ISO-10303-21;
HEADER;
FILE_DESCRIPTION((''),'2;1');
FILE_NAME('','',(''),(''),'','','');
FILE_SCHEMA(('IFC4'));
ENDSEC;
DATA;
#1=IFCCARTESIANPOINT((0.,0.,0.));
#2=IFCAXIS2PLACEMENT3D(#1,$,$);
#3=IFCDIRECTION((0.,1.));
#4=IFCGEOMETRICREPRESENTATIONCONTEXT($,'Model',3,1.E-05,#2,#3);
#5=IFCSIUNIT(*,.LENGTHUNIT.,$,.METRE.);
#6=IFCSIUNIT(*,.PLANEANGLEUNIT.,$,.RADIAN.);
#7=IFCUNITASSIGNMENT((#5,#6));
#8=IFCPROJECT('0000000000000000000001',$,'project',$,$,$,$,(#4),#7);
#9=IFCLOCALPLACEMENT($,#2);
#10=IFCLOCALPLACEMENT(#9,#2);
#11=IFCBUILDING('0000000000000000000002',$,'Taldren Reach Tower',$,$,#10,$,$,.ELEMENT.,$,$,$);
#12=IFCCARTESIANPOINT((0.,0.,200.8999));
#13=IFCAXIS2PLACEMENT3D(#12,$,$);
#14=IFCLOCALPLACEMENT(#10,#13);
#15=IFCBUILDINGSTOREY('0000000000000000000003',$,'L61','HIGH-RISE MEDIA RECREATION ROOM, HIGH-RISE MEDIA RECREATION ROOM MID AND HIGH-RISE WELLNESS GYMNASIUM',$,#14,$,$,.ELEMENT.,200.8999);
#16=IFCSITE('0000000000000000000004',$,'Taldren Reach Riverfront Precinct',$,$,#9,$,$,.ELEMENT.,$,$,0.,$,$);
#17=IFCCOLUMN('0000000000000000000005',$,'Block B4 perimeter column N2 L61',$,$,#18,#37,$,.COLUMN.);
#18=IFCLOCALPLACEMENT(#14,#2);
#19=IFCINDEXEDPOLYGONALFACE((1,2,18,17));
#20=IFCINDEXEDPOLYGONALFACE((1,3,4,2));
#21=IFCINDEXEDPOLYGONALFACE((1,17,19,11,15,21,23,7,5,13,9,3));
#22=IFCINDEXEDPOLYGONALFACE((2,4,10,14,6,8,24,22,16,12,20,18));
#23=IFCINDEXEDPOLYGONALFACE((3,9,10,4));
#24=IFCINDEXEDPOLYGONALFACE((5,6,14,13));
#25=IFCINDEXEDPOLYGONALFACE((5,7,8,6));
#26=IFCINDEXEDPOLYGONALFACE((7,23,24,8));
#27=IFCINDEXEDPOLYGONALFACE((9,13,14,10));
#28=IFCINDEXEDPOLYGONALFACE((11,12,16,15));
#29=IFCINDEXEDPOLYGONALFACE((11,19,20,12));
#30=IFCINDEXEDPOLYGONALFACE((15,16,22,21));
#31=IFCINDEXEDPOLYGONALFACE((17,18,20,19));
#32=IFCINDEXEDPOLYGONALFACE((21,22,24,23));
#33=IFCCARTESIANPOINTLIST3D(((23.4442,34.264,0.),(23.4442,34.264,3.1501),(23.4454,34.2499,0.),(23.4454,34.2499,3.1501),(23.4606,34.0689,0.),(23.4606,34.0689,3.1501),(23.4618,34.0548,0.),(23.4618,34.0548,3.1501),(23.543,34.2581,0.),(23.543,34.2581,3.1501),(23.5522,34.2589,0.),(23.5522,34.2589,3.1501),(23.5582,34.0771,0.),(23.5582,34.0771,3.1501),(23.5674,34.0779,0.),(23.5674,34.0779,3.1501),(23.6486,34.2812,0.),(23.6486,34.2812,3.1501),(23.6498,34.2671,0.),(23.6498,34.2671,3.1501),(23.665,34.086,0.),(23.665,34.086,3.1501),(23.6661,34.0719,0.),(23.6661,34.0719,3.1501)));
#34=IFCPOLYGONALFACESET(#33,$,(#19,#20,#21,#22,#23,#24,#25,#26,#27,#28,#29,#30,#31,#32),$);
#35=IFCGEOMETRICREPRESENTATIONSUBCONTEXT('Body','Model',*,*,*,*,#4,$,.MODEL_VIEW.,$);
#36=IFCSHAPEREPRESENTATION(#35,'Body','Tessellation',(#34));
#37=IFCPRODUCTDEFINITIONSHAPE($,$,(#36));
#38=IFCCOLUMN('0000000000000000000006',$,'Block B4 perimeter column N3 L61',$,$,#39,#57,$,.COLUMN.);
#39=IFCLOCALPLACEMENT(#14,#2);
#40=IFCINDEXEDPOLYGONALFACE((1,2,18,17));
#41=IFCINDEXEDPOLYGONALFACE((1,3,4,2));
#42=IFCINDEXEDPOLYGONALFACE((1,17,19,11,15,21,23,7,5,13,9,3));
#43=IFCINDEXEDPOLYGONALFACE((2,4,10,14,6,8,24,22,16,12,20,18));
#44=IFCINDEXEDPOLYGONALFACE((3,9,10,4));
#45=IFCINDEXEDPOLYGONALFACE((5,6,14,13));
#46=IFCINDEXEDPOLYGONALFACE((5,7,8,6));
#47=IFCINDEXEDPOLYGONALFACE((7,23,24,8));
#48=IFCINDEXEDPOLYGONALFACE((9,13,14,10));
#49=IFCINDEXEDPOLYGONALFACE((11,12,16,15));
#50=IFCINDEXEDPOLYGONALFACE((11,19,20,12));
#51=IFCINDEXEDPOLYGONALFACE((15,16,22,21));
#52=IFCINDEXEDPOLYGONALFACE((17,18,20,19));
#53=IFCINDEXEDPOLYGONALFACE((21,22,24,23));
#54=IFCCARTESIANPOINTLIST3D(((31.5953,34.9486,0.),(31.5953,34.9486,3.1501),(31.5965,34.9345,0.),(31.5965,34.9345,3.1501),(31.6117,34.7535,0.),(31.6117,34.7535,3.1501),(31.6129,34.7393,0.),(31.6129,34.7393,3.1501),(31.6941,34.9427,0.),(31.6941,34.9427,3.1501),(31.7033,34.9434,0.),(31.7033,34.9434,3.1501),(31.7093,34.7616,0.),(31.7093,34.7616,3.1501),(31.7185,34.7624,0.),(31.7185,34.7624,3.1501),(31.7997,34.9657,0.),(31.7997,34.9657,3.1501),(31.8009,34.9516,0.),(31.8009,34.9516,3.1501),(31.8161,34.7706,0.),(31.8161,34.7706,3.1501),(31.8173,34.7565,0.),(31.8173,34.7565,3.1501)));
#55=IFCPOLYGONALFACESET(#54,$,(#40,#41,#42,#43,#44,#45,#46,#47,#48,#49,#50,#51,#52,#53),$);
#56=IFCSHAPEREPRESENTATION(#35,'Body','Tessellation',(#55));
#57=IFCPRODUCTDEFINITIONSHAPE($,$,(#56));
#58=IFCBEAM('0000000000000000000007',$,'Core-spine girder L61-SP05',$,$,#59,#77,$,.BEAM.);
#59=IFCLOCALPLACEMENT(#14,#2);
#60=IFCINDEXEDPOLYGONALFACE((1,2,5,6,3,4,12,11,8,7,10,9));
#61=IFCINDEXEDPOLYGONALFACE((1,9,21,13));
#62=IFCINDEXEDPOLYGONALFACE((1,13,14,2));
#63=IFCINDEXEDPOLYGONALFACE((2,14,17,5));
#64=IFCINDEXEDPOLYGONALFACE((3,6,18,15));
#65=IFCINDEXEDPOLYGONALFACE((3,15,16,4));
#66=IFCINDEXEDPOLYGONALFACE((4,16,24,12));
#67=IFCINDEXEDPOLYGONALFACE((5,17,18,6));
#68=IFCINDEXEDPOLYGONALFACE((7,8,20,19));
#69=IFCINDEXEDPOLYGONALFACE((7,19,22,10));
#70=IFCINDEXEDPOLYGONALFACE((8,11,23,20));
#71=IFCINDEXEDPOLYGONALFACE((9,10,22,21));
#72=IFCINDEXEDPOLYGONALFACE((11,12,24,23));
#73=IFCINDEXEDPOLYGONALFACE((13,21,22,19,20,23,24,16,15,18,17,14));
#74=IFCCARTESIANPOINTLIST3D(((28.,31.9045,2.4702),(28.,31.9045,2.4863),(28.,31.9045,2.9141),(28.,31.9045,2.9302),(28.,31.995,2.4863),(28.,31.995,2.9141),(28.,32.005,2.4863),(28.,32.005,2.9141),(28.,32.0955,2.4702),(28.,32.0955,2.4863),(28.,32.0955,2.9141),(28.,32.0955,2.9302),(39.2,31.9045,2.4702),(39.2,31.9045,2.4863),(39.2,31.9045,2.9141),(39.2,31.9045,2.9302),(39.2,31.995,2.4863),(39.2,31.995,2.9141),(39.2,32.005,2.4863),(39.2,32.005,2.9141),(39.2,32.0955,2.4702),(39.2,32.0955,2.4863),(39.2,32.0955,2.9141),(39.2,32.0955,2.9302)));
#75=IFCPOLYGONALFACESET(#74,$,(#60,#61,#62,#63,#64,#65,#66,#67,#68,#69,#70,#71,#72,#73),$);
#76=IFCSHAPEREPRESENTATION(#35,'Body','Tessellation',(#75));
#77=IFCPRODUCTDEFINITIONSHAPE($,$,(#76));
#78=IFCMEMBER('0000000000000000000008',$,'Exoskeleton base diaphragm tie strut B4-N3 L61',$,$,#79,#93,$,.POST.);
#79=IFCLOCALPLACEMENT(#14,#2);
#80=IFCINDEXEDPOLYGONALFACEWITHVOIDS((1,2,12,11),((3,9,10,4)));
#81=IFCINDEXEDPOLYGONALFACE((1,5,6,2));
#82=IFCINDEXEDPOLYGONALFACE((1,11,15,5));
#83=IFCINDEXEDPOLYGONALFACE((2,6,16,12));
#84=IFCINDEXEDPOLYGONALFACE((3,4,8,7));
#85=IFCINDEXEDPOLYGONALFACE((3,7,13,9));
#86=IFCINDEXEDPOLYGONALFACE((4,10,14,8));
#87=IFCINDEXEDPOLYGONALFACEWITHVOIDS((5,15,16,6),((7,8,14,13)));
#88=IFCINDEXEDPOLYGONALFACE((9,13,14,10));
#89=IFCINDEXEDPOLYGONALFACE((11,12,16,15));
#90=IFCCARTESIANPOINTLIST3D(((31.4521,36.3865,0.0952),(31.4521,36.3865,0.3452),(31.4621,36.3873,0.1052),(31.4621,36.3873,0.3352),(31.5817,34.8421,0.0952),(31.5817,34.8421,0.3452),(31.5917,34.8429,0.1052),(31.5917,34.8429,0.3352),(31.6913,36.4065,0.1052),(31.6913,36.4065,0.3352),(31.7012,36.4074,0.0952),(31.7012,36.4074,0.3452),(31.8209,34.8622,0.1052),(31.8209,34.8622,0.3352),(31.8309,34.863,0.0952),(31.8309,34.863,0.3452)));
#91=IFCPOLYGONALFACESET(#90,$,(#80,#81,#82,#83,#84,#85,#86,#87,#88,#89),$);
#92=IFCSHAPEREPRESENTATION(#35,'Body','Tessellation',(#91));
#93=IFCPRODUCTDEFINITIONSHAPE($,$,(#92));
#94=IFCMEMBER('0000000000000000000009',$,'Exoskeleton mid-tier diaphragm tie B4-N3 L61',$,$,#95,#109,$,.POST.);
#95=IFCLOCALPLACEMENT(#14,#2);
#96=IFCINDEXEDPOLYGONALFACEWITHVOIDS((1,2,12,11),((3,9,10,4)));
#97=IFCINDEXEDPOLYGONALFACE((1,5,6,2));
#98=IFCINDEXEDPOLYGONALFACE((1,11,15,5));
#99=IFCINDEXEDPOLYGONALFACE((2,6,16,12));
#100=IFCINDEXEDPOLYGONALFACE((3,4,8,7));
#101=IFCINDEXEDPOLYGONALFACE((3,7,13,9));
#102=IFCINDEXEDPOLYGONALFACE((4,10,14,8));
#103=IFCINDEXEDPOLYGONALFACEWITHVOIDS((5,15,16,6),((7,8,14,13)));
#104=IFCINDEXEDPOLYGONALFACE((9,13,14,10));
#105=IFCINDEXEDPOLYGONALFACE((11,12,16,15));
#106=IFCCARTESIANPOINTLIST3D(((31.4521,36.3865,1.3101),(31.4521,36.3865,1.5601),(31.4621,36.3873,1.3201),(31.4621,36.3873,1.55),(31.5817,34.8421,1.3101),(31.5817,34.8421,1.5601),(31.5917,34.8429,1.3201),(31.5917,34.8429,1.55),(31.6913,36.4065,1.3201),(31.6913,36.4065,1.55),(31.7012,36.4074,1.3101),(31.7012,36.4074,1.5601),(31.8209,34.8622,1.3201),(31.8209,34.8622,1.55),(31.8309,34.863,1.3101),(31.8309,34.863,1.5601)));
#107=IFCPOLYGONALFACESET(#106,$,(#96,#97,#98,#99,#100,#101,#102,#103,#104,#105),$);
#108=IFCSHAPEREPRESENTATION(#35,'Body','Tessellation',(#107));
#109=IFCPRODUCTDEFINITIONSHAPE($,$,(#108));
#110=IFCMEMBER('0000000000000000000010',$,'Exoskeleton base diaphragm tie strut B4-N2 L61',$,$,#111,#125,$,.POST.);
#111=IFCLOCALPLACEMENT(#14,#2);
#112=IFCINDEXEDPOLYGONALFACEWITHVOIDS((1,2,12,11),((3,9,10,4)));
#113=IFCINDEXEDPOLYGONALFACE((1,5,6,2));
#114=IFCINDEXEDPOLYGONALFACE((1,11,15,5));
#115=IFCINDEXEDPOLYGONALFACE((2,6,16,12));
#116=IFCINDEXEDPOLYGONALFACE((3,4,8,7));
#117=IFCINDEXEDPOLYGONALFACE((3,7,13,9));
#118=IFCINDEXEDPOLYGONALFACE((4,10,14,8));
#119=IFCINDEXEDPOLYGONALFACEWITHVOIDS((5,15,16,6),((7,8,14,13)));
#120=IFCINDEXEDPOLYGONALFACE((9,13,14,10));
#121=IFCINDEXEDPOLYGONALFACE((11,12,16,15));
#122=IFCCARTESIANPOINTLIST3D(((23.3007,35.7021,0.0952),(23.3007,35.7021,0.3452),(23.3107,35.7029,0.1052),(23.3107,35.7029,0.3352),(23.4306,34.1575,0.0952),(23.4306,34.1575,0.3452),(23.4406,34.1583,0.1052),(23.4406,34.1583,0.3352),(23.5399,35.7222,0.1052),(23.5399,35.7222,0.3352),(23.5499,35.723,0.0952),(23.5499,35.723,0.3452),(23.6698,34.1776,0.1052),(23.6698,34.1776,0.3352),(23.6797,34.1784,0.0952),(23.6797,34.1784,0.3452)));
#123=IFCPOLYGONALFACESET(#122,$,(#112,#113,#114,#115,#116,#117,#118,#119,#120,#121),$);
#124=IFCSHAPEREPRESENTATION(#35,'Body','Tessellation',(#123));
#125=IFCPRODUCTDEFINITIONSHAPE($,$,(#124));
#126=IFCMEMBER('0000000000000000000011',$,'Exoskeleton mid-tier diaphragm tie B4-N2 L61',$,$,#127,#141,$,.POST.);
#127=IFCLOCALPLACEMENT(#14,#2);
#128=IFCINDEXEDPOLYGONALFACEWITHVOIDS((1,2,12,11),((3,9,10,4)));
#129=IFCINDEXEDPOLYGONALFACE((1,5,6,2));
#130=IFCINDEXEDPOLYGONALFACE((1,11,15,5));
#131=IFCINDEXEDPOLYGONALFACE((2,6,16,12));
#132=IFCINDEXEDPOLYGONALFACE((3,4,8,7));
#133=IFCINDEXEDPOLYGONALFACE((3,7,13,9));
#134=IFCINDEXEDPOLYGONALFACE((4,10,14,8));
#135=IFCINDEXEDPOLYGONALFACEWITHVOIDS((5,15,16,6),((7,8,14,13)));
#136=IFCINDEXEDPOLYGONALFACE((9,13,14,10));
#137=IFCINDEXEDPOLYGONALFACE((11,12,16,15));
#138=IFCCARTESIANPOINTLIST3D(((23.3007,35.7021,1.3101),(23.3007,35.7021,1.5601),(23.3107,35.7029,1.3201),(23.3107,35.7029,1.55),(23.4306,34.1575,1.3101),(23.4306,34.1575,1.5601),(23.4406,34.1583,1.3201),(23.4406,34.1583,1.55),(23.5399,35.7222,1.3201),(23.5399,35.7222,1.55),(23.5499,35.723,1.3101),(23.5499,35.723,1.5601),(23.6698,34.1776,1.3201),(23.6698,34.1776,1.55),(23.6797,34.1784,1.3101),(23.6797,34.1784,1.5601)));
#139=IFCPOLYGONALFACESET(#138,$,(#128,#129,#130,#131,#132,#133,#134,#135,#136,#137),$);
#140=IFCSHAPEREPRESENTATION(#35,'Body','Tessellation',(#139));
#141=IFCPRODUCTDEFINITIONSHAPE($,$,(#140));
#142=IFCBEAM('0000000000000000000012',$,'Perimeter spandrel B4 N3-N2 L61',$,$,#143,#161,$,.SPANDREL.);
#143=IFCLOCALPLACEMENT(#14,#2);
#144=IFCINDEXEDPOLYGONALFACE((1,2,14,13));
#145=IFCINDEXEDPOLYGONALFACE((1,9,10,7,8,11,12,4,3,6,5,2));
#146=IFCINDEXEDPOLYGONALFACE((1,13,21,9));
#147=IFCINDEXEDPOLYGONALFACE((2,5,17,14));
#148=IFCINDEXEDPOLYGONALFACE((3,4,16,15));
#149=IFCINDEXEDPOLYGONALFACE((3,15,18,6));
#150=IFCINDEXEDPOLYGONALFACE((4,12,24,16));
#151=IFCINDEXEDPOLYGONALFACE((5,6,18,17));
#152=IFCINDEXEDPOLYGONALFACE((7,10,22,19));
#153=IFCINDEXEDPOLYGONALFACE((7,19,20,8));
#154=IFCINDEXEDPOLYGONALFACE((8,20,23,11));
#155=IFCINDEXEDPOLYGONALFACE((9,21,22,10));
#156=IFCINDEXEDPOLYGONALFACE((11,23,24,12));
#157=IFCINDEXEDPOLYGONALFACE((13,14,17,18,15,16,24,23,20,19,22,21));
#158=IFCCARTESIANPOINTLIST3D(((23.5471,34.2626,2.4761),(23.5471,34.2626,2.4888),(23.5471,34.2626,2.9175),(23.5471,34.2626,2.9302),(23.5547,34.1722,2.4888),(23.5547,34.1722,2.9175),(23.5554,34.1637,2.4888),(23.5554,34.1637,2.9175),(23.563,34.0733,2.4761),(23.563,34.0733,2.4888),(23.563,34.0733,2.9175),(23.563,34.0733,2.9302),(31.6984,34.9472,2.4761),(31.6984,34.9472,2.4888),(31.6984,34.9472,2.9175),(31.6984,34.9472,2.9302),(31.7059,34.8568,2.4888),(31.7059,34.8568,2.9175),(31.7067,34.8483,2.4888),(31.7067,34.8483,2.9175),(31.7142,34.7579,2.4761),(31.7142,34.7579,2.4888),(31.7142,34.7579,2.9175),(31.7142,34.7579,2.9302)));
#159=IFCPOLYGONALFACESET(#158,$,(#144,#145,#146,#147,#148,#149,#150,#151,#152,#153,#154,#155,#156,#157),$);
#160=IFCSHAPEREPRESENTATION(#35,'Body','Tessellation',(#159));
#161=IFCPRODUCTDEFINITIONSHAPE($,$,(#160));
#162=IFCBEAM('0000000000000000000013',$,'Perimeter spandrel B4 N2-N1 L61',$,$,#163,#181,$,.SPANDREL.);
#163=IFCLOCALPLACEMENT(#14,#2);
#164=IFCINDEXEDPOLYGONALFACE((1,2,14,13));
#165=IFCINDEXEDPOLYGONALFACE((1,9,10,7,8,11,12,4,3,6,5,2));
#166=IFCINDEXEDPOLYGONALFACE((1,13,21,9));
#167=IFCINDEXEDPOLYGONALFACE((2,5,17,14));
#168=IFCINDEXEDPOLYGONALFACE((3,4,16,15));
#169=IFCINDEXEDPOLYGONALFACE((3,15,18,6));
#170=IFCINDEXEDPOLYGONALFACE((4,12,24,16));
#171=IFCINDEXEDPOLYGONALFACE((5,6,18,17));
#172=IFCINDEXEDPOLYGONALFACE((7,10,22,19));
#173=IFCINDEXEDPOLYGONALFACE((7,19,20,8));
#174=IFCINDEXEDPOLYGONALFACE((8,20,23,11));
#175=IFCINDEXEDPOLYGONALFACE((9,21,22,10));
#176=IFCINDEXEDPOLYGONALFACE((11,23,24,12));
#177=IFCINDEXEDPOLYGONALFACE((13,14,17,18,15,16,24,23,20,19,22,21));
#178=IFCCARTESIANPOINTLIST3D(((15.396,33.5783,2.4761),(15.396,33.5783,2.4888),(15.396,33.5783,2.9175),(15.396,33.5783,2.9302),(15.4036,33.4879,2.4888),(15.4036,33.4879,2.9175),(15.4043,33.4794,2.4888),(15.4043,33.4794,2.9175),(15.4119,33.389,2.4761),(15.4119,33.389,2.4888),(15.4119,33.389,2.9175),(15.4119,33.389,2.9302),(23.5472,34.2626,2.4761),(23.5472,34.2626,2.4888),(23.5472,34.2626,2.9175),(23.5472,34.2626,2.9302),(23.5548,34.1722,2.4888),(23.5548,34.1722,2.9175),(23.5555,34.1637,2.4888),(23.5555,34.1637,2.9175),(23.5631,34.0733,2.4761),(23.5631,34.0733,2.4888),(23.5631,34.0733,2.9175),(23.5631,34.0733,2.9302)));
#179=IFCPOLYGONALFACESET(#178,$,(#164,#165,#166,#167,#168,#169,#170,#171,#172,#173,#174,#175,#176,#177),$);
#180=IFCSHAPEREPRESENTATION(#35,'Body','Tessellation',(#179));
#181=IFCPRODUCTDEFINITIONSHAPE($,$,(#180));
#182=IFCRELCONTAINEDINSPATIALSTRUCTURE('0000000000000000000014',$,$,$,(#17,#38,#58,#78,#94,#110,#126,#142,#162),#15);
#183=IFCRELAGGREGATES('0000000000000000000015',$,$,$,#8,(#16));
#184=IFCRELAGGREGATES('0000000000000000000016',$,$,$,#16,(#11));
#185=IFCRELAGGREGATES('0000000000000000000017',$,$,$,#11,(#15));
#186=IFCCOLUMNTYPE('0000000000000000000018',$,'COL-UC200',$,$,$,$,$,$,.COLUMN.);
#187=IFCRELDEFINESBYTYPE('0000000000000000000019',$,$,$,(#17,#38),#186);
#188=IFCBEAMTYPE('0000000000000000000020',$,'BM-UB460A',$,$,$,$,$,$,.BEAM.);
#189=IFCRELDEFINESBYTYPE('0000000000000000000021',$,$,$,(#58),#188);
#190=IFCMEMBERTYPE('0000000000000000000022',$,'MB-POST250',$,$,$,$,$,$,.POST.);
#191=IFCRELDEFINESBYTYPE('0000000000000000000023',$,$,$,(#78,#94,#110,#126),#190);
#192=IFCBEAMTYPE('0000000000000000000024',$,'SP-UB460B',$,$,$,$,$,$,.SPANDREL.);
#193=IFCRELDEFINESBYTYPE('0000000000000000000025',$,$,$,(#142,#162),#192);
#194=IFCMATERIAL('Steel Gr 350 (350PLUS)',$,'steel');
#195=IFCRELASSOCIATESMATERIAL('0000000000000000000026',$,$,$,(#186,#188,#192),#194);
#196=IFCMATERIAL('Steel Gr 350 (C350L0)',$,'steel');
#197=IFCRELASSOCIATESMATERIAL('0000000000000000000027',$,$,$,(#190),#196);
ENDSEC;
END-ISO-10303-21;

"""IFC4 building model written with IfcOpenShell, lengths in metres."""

from ifc_helpers import new_model, si_unit, direction, frame, origin, origin_2d, place, context, subcontext, project, spatial, hollow_rectangle, i_section, extrude, source, transform, mapped, material, material_profile, profile_set, type_object, element, save


model = new_model("IFC4")

# Units and contexts
model_context = context("Model", 3, precision=1e-05, world=origin(), true_north=direction((0.0, 1.0)))
body_context = subcontext(model_context, "Body", "Model", "MODEL_VIEW")
ifc_project = project(units=[si_unit("LENGTHUNIT", "METRE"), si_unit("PLANEANGLEUNIT", "RADIAN")], contexts=[model_context])

# Site, building, storey
site_placement = place(None, origin())
site = spatial("IfcSite", under=ifc_project, at=site_placement, Name="Taldren Reach Riverfront Precinct", CompositionType="ELEMENT", RefElevation=0.0)
building_placement = place(site_placement, origin())
building = spatial("IfcBuilding", under=site, at=building_placement, Name="Taldren Reach Tower", CompositionType="ELEMENT")
storey_placement = place(building_placement, frame((0.0, 0.0, 200.8999)))
storey = spatial("IfcBuildingStorey", under=building, at=storey_placement, Name="L61", Description="HIGH-RISE MEDIA RECREATION ROOM, HIGH-RISE MEDIA RECREATION ROOM MID AND HIGH-RISE WELLNESS GYMNASIUM", CompositionType="ELEMENT", Elevation=200.8999)

# Columns
ifc_material_1 = material(Name="Steel Gr 350 (350PLUS)", Category="steel")
ifc_material_profile_1 = material_profile(ifc_material_1, i_section(OverallWidth=0.2051, OverallDepth=0.21, WebThickness=0.0093, FlangeThickness=0.0142, at=origin_2d()), Name="200UC59.5")
ifc_profile_set_1 = profile_set([ifc_material_profile_1], Name="Steel Gr 350 (350PLUS)")
column_type = type_object("IfcColumnType", Name="COL-UC200", PredefinedType="COLUMN", material=ifc_profile_set_1)
shared_shape_1 = source(origin(), body_context, "Body", "SweptSolid", [
    extrude(i_section(OverallWidth=0.2051, OverallDepth=0.21, WebThickness=0.0093, FlangeThickness=0.0142, at=origin_2d()), origin(), (0.0, 0.0, 1.0), 3.1501),
])
for number, where, z_axis, x_axis, name in (
    (1, (23.5552, 34.168, 0.0), (0.0, 0.0, 1.0), (0.996493, 0.083678, 0.0), "Block B4 perimeter column N2 L61"),
    (2, (31.7063, 34.8525, 0.0), (0.0, 0.0, 1.0), (0.996493, 0.083678, 0.0), "Block B4 perimeter column N3 L61"),
):
    element("IfcColumn", number, at=place(storey_placement, frame(where, z_axis=z_axis, x_axis=x_axis)), inside=storey, type_object=column_type, Name=name, PredefinedType="COLUMN", context=body_context, shape_type="MappedRepresentation", body=[
        mapped(shared_shape_1, transform((0.0, 0.0, 0.0), scale=1.0)),
    ])

# Beam
ifc_material_profile_2 = material_profile(ifc_material_1, i_section(OverallWidth=0.1909, OverallDepth=0.46, WebThickness=0.01, FlangeThickness=0.0161, at=origin_2d()), Name="460UB82.1")
ifc_profile_set_2 = profile_set([ifc_material_profile_2], Name="Steel Gr 350 (350PLUS)")
beam_type_1 = type_object("IfcBeamType", Name="BM-UB460A", PredefinedType="BEAM", material=ifc_profile_set_2)
shared_shape_2 = source(origin(), body_context, "Body", "SweptSolid", [
    extrude(i_section(OverallWidth=0.1909, OverallDepth=0.46, WebThickness=0.01, FlangeThickness=0.0161, at=origin_2d()), origin(), (0.0, 0.0, 1.0), 11.2),
])
beam_1_placement = place(storey_placement, frame((28.0, 32.0, 2.7002), z_axis=(1.0, 0.0, 0.0), x_axis=(0.0, 1.0, 0.0)))
element("IfcBeam", 3, at=beam_1_placement, inside=storey, type_object=beam_type_1, Name="Core-spine girder L61-SP05", PredefinedType="BEAM", context=body_context, shape_type="MappedRepresentation", body=[
    mapped(shared_shape_2, transform((0.0, 0.0, 0.0), scale=1.0)),
])

# Members
ifc_material_2 = material(Name="Steel Gr 350 (C350L0)", Category="steel")
ifc_material_profile_3 = material_profile(ifc_material_2, hollow_rectangle(XDim=0.25, YDim=0.25, WallThickness=0.01, at=origin_2d()), Name="250x250x10.0SHS")
ifc_profile_set_3 = profile_set([ifc_material_profile_3], Name="Steel Gr 350 (C350L0)")
member_type_1 = type_object("IfcMemberType", Name="MB-POST250", PredefinedType="POST", material=ifc_profile_set_3)
shared_shape_3 = source(origin(), body_context, "Body", "SweptSolid", [
    extrude(hollow_rectangle(XDim=0.25, YDim=0.25, WallThickness=0.01, at=origin_2d()), origin(), (0.0, 0.0, 1.0), 1.5498),
])
for number, where, z_axis, x_axis, name in (
    (4, (31.7063, 34.8525, 0.2202), (-0.083645, 0.996496, 0.0), (-0.996496, -0.083645, 0.0), "Exoskeleton base diaphragm tie strut B4-N3 L61"),
    (5, (31.7063, 34.8525, 1.4351), (-0.083645, 0.996496, 0.0), (-0.996496, -0.083645, 0.0), "Exoskeleton mid-tier diaphragm tie B4-N3 L61"),
):
    element("IfcMember", number, at=place(storey_placement, frame(where, z_axis=z_axis, x_axis=x_axis)), inside=storey, type_object=member_type_1, Name=name, PredefinedType="POST", context=body_context, shape_type="MappedRepresentation", body=[
        mapped(shared_shape_3, transform((0.0, 0.0, 0.0), scale=1.0)),
    ])
shared_shape_4 = source(origin(), body_context, "Body", "SweptSolid", [
    extrude(hollow_rectangle(XDim=0.25, YDim=0.25, WallThickness=0.01, at=origin_2d()), origin(), (0.0, 0.0, 1.0), 1.55),
])
for number, where, z_axis, x_axis, name in (
    (6, (23.5552, 34.168, 0.2202), (-0.083788, 0.996484, 0.0), (-0.996484, -0.083788, 0.0), "Exoskeleton base diaphragm tie strut B4-N2 L61"),
    (7, (23.5552, 34.168, 1.4351), (-0.083788, 0.996484, 0.0), (-0.996484, -0.083788, 0.0), "Exoskeleton mid-tier diaphragm tie B4-N2 L61"),
):
    element("IfcMember", number, at=place(storey_placement, frame(where, z_axis=z_axis, x_axis=x_axis)), inside=storey, type_object=member_type_1, Name=name, PredefinedType="POST", context=body_context, shape_type="MappedRepresentation", body=[
        mapped(shared_shape_4, transform((0.0, 0.0, 0.0), scale=1.0)),
    ])

# Beams
ifc_material_profile_4 = material_profile(ifc_material_1, i_section(OverallWidth=0.1899, OverallDepth=0.4541, WebThickness=0.0085, FlangeThickness=0.0127, at=origin_2d()), Name="460UB67.1")
ifc_profile_set_4 = profile_set([ifc_material_profile_4], Name="Steel Gr 350 (350PLUS)")
beam_type_2 = type_object("IfcBeamType", Name="SP-UB460B", PredefinedType="SPANDREL", material=ifc_profile_set_4)
shared_shape_5 = source(origin(), body_context, "Body", "SweptSolid", [
    extrude(i_section(OverallWidth=0.1899, OverallDepth=0.4541, WebThickness=0.0085, FlangeThickness=0.0127, at=origin_2d()), origin(), (0.0, 0.0, 1.0), 8.1799),
])
for number, where, z_axis, x_axis, name in (
    (8, (31.7063, 34.8525, 2.7031), (-0.996492, -0.08369, 0.0), (0.08369, -0.996492, 0.0), "Perimeter spandrel B4 N3-N2 L61"),
    (9, (23.5552, 34.168, 2.7031), (-0.996495, -0.083658, 0.0), (0.083658, -0.996495, 0.0), "Perimeter spandrel B4 N2-N1 L61"),
):
    element("IfcBeam", number, at=place(storey_placement, frame(where, z_axis=z_axis, x_axis=x_axis)), inside=storey, type_object=beam_type_2, Name=name, PredefinedType="SPANDREL", context=body_context, shape_type="MappedRepresentation", body=[
        mapped(shared_shape_5, transform((0.0, 0.0, 0.0), scale=1.0)),
    ])

save(model, "model.ifc")
